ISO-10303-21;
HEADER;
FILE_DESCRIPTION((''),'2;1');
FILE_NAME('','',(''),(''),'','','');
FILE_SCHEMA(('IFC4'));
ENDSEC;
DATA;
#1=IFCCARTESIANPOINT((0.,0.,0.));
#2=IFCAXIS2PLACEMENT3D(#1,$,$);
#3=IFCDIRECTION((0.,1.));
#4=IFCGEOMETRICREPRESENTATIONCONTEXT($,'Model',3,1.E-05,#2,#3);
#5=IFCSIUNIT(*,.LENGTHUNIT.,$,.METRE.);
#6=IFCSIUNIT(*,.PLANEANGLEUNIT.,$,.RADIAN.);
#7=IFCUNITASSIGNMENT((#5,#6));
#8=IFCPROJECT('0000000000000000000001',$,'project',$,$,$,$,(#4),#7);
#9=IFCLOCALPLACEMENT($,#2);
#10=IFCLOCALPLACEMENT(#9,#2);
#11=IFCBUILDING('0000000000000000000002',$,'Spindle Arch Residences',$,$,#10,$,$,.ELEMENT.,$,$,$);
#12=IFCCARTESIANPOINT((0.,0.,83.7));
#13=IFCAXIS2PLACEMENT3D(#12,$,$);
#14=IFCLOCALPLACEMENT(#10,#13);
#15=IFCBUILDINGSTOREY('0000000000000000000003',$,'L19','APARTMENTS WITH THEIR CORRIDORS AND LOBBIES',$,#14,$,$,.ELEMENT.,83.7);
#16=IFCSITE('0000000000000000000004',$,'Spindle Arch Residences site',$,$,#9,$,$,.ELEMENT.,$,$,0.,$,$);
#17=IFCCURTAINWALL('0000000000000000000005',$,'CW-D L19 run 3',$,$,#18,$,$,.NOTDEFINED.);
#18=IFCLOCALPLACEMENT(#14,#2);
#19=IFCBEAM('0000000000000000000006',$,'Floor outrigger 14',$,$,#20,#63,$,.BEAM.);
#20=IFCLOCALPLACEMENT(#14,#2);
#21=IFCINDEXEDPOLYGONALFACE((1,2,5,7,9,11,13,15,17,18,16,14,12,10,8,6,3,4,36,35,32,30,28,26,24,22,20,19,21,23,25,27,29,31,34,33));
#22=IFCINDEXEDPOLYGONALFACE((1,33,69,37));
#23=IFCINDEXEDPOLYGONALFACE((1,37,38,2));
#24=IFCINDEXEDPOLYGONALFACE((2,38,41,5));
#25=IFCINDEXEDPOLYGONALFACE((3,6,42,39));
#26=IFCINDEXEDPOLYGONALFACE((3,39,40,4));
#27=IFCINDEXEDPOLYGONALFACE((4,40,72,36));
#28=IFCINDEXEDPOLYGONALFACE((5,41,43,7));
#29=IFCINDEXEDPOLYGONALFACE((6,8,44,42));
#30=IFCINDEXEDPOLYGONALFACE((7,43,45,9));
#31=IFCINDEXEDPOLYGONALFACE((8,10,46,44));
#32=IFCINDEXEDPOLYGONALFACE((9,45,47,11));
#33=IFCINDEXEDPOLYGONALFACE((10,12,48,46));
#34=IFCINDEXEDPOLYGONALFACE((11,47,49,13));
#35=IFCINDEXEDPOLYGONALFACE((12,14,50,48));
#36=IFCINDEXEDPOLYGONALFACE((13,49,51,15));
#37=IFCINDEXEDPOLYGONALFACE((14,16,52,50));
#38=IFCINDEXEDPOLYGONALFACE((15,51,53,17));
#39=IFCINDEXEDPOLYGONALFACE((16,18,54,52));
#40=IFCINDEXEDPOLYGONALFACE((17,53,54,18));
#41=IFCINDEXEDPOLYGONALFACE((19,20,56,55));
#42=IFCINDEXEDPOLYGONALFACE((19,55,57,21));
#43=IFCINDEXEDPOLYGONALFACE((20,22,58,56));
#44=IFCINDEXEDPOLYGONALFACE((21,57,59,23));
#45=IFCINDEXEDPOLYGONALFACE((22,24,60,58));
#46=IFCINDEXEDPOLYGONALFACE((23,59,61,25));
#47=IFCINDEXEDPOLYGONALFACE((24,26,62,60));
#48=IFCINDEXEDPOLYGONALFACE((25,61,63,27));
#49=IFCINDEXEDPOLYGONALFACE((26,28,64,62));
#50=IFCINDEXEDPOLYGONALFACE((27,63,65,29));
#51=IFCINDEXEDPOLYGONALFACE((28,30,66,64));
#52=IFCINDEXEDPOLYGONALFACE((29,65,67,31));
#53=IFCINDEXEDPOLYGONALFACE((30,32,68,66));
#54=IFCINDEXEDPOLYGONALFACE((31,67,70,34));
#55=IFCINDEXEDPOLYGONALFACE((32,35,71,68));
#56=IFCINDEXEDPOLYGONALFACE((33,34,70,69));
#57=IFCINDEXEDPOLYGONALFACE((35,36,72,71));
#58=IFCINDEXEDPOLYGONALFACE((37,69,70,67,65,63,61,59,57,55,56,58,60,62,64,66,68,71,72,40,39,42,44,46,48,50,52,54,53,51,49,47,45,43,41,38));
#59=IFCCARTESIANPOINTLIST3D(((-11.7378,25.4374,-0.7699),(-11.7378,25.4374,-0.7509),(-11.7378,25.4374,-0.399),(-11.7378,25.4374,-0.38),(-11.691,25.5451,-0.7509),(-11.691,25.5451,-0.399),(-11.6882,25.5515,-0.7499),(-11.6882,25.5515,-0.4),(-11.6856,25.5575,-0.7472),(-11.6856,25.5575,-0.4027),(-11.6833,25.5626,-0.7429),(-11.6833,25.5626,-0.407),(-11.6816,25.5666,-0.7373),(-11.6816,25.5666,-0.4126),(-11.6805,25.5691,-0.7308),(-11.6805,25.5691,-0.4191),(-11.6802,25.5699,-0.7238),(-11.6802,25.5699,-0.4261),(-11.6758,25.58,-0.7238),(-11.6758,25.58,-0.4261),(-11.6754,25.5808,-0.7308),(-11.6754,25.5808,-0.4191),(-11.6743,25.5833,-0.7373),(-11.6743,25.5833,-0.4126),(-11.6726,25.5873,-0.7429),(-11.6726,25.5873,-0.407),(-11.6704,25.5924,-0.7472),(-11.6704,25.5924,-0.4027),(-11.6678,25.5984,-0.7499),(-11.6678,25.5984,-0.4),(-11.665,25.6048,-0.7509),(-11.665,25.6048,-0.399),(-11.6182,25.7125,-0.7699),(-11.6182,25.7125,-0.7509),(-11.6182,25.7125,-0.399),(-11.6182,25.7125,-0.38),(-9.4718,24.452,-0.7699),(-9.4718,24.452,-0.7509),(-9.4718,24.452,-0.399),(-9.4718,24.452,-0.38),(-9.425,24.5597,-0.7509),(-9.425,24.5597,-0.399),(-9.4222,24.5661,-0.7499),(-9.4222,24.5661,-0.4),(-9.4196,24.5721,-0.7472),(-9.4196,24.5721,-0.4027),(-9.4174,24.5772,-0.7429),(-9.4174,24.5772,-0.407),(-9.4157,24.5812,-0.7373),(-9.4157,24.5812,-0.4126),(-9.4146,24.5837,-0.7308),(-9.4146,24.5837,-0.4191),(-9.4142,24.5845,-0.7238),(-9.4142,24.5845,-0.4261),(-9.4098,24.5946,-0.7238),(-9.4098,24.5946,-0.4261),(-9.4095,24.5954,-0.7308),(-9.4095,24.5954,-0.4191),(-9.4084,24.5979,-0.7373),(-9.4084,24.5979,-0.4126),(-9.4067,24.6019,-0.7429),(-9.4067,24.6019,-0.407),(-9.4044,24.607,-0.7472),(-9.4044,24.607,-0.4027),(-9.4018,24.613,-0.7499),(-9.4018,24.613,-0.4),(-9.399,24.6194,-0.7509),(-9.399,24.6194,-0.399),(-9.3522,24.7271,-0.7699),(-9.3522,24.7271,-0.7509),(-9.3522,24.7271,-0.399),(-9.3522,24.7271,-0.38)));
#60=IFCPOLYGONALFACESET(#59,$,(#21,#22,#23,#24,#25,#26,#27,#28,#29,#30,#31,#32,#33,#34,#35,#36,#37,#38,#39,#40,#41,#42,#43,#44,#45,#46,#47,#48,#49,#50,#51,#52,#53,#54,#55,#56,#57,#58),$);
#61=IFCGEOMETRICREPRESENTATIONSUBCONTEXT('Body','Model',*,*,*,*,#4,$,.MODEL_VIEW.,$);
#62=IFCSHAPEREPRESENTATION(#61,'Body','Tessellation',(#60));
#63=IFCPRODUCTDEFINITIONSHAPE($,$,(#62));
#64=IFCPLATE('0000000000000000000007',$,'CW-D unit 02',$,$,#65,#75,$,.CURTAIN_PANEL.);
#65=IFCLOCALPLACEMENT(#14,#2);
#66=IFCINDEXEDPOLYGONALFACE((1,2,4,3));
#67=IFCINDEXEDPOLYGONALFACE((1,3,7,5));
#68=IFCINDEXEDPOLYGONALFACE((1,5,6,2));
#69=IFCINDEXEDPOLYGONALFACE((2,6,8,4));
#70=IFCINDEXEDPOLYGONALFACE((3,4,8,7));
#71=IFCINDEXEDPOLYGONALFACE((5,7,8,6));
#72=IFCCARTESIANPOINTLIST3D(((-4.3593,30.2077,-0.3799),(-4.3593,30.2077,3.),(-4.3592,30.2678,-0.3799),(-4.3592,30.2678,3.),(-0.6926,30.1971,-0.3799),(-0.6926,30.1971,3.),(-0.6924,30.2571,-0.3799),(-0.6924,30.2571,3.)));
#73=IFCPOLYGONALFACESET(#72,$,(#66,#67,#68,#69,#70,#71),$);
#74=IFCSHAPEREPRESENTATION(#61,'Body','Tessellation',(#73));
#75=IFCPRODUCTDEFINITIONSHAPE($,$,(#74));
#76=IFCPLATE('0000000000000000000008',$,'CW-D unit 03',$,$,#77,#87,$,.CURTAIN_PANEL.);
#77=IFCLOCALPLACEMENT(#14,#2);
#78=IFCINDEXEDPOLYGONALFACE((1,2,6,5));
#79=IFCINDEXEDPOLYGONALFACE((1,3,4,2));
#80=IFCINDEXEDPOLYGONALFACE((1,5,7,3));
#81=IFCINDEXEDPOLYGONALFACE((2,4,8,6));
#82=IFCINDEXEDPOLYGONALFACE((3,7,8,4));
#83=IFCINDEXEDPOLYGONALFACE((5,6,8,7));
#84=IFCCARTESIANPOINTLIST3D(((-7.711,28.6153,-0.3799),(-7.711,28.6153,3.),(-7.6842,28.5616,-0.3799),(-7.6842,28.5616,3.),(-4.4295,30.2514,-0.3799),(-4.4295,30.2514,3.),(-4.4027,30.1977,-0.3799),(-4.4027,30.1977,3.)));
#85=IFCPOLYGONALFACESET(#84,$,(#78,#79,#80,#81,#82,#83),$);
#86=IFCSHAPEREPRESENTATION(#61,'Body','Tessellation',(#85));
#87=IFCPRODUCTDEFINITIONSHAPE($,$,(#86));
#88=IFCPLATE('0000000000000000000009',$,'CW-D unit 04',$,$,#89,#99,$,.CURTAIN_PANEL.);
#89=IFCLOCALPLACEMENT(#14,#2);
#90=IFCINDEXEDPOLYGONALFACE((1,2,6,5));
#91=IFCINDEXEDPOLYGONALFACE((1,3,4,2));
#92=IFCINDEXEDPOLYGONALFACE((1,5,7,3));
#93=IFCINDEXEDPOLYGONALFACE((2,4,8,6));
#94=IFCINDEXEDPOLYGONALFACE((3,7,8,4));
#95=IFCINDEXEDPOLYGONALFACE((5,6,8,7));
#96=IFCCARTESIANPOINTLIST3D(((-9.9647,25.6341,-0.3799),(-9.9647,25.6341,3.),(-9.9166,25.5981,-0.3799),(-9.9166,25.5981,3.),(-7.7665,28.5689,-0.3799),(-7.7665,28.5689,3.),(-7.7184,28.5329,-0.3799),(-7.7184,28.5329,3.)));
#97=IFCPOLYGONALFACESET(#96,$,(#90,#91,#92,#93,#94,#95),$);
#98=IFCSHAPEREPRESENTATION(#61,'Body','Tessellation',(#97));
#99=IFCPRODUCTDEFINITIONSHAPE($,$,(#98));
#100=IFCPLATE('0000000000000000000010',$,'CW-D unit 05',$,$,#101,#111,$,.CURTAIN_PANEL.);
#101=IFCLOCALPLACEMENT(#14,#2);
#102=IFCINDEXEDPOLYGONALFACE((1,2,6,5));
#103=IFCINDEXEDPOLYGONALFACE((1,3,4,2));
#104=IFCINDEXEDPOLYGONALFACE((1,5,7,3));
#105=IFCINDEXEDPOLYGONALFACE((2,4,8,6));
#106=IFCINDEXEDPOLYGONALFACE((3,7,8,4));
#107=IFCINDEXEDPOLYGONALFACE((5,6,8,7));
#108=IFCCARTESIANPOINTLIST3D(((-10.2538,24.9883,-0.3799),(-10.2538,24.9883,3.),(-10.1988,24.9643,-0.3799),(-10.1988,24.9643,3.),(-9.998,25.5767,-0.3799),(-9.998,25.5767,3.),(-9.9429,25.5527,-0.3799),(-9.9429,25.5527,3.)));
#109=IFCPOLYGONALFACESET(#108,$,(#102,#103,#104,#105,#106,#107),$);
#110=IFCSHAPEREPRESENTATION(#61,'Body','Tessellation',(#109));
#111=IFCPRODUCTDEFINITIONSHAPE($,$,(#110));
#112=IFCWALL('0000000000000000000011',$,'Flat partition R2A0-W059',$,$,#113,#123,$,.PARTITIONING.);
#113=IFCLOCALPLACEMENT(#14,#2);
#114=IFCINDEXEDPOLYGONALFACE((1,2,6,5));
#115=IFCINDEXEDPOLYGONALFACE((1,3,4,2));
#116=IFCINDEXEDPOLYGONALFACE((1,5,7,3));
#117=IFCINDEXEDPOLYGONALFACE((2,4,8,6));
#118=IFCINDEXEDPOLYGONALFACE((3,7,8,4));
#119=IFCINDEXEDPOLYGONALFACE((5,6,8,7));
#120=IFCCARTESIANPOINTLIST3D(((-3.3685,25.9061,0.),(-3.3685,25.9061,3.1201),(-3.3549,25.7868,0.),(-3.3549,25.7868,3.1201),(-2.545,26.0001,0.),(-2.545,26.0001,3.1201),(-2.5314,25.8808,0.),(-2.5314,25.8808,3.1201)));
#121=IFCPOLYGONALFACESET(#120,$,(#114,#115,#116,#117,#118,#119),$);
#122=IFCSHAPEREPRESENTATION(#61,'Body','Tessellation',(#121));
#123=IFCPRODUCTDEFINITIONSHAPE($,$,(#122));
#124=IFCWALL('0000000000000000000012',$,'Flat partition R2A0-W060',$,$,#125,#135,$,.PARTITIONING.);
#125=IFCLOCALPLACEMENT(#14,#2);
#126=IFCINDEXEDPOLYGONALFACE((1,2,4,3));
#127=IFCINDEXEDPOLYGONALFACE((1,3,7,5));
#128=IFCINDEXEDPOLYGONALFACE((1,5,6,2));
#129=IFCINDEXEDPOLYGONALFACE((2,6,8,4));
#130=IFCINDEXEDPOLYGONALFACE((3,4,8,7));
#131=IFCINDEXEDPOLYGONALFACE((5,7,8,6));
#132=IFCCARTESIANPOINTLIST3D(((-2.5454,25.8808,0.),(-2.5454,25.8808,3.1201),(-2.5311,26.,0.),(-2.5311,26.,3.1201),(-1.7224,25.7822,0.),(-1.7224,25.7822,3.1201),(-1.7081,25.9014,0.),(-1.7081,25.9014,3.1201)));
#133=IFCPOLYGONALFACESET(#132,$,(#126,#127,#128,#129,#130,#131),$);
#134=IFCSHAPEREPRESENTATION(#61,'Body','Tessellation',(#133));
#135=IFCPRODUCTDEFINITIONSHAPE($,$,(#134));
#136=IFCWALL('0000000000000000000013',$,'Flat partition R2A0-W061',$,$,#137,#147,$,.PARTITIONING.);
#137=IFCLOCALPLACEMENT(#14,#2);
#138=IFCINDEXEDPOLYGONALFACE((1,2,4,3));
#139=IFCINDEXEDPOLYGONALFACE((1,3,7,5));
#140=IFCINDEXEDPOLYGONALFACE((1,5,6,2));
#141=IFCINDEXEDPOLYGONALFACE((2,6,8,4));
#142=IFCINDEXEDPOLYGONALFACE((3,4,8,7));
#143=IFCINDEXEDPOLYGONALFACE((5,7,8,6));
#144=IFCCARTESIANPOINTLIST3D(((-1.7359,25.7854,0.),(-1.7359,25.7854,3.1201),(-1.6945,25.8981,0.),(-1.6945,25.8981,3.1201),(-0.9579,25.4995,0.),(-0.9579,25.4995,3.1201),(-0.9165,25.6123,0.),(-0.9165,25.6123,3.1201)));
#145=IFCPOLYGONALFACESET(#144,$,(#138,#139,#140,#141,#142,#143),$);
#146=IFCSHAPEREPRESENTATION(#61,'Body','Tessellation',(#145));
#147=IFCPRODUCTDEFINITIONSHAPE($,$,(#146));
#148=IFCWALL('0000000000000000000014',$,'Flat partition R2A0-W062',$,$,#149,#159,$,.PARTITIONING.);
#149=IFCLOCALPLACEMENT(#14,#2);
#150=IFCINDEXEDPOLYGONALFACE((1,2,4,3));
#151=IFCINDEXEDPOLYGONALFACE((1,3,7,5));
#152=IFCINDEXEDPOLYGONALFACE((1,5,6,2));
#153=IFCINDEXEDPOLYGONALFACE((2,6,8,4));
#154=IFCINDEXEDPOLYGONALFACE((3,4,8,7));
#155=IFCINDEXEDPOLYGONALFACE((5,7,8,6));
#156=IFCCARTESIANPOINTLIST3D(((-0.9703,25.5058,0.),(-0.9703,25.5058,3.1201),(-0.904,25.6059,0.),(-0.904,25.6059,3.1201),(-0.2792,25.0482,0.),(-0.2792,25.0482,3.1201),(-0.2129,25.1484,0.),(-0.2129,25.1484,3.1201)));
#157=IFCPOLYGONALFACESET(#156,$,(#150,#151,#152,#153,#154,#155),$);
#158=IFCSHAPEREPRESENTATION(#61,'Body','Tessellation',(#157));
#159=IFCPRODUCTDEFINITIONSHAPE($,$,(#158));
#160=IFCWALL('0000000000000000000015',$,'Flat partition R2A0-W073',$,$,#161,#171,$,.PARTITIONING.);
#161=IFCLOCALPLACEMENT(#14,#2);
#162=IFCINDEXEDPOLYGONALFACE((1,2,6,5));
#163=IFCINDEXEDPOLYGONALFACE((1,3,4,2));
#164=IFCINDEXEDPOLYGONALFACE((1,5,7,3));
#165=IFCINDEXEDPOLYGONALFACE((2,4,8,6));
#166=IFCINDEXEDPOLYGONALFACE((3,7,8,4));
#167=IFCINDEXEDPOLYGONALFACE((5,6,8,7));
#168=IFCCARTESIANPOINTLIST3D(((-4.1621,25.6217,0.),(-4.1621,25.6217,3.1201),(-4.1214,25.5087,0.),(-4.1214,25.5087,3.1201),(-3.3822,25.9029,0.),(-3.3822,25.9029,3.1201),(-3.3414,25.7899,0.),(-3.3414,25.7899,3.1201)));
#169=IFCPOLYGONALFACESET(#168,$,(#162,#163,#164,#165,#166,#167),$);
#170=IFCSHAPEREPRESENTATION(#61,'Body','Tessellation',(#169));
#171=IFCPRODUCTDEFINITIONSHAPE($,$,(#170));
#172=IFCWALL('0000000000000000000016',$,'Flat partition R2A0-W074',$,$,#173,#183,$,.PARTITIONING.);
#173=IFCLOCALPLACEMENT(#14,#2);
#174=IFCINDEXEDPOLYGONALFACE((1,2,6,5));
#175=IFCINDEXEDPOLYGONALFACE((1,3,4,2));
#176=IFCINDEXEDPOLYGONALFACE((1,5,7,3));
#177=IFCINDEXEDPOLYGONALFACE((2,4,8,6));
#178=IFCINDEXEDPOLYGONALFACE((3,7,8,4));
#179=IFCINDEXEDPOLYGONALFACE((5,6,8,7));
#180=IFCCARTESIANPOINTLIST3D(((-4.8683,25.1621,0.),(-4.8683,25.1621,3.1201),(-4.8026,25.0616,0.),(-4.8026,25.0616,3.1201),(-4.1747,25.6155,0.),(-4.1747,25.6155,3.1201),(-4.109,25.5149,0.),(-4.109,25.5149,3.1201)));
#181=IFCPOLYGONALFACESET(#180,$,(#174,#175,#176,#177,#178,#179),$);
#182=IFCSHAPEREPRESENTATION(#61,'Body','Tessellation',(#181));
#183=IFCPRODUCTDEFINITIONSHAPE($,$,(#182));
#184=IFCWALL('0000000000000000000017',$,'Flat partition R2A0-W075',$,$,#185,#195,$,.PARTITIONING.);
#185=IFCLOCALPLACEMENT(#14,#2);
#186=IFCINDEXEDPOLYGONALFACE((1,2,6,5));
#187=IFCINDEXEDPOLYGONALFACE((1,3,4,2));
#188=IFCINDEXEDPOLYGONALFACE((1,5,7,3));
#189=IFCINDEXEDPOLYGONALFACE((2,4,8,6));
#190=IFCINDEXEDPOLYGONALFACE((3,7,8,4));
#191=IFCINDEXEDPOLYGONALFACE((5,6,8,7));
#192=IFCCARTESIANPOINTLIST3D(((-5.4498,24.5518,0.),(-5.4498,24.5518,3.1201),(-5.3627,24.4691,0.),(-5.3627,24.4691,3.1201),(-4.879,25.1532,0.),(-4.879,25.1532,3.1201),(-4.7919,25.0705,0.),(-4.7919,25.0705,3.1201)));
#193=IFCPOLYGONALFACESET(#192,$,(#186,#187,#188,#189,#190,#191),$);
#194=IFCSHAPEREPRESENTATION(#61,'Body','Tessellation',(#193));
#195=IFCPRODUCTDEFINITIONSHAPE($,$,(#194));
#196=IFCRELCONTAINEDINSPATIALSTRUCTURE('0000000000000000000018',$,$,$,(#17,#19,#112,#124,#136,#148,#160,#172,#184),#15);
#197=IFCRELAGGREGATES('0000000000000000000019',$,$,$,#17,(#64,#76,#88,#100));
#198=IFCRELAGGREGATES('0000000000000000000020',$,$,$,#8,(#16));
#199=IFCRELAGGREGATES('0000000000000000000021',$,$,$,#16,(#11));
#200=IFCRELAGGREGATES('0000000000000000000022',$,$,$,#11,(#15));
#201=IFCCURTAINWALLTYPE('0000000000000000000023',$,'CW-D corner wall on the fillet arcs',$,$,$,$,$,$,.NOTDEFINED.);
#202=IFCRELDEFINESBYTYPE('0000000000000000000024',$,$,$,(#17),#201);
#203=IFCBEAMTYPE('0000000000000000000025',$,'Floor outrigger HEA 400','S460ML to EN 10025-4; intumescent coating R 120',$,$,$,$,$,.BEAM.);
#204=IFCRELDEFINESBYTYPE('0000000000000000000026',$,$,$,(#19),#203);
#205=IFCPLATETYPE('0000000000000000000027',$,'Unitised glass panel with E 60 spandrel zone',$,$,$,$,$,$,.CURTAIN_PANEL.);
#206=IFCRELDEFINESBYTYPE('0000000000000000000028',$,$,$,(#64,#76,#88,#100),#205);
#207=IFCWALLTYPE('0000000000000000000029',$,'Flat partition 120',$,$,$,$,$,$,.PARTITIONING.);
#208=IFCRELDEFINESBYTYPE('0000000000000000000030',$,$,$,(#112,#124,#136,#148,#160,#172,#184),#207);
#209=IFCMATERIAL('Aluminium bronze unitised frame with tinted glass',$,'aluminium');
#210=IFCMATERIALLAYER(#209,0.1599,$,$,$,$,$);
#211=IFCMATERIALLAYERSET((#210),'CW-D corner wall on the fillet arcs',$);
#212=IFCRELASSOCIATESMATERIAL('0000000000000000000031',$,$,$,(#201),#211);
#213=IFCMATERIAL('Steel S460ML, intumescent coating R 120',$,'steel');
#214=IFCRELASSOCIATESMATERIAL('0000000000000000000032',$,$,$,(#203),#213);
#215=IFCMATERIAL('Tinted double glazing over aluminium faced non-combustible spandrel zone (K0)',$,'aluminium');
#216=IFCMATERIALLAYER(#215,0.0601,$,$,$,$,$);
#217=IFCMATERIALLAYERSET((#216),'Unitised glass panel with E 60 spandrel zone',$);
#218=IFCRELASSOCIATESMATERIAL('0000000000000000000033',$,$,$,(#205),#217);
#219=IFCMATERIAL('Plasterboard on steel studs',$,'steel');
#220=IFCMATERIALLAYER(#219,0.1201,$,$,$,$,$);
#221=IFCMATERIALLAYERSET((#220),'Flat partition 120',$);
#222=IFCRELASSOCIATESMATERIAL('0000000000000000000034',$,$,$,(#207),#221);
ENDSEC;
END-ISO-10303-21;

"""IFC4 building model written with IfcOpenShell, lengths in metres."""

from ifc_helpers import new_model, si_unit, direction, frame, frame_2d, origin, origin_2d, place, context, subcontext, project, spatial, rectangle, i_section, extrude, material, layer, layer_set, material_profile, profile_set, type_object, element, aggregate, save


model = new_model("IFC4")

# Units and contexts
model_context = context("Model", 3, precision=1e-05, world=origin(), true_north=direction((0.0, 1.0)))
body_context = subcontext(model_context, "Body", "Model", "MODEL_VIEW")
ifc_project = project(units=[si_unit("LENGTHUNIT", "METRE"), si_unit("PLANEANGLEUNIT", "RADIAN")], contexts=[model_context])

# Site, building, storey
site_placement = place(None, origin())
site = spatial("IfcSite", under=ifc_project, at=site_placement, Name="Spindle Arch Residences site", CompositionType="ELEMENT", RefElevation=0.0)
building_placement = place(site_placement, origin())
building = spatial("IfcBuilding", under=site, at=building_placement, Name="Spindle Arch Residences", CompositionType="ELEMENT")
storey_placement = place(building_placement, frame((0.0, 0.0, 83.7)))
storey = spatial("IfcBuildingStorey", under=building, at=storey_placement, Name="L19", Description="APARTMENTS WITH THEIR CORRIDORS AND LOBBIES", CompositionType="ELEMENT", Elevation=83.7)

# Curtain wall
ifc_material_1 = material(Name="Aluminium bronze unitised frame with tinted glass", Category="aluminium")
ifc_layer_1 = layer(ifc_material_1, 0.1599)
ifc_layer_set_1 = layer_set([ifc_layer_1], Name="CW-D corner wall on the fillet arcs")
curtain_wall_type = type_object("IfcCurtainWallType", Name="CW-D corner wall on the fillet arcs", PredefinedType="NOTDEFINED", material=ifc_layer_set_1)
curtain_wall_placement = place(storey_placement, origin())
curtain_wall = element("IfcCurtainWall", 1, at=curtain_wall_placement, inside=storey, type_object=curtain_wall_type, Name="CW-D L19 run 3", PredefinedType="NOTDEFINED")

# Beam
ifc_material_2 = material(Name="Steel S460ML, intumescent coating R 120", Category="steel")
ifc_material_profile_1 = material_profile(ifc_material_2, i_section(OverallWidth=0.3, OverallDepth=0.3899, WebThickness=0.011, FlangeThickness=0.019, FilletRadius=0.0271, at=origin_2d()), Name="HEA 400")
ifc_profile_set_1 = profile_set([ifc_material_profile_1], Name="Steel S460ML, intumescent coating R 120")
beam_type_1 = type_object("IfcBeamType", Name="Floor outrigger HEA 400", Description="S460ML to EN 10025-4; intumescent coating R 120", PredefinedType="BEAM", material=ifc_profile_set_1)
beam_1_placement = place(storey_placement, frame((-11.678, 25.575, -0.575), z_axis=(0.917042, -0.398791, 0.0), x_axis=(0.398791, 0.917042, 0.0)))
element("IfcBeam", 2, at=beam_1_placement, inside=storey, type_object=beam_type_1, Name="Floor outrigger 14", PredefinedType="BEAM", context=body_context, shape_type="SweptSolid", body=[
    extrude(i_section(OverallWidth=0.3, OverallDepth=0.3899, WebThickness=0.011, FlangeThickness=0.019, FilletRadius=0.0271, at=origin_2d()), origin(), (0.0, 0.0, 1.0), 2.4709),
])

# Plates
ifc_material_3 = material(Name="Tinted double glazing over aluminium faced non-combustible spandrel zone (K0)", Category="aluminium")
ifc_layer_2 = layer(ifc_material_3, 0.0601)
ifc_layer_set_2 = layer_set([ifc_layer_2], Name="Unitised glass panel with E 60 spandrel zone")
plate_type = type_object("IfcPlateType", Name="Unitised glass panel with E 60 spandrel zone", PredefinedType="CURTAIN_PANEL", material=ifc_layer_set_2)
plate_1_placement = place(storey_placement, frame((-2.5259, 30.2324, -0.3799), z_axis=(0.0, 0.0, 1.0), x_axis=(-0.999996, 0.002909, 0.0)))
plate_1 = element("IfcPlate", 3, at=plate_1_placement, type_object=plate_type, Name="CW-D unit 02", PredefinedType="CURTAIN_PANEL", context=body_context, shape_type="SweptSolid", body=[
    extrude(rectangle(XDim=3.6667, YDim=0.0601, at=origin_2d()), origin(), (0.0, 0.0, 1.0), 3.3799),
])
plate_2_placement = place(storey_placement, frame((-6.0569, 29.4065, -0.3799), z_axis=(0.0, 0.0, 1.0), x_axis=(-0.894934, -0.446198, 0.0)))
plate_2 = element("IfcPlate", 4, at=plate_2_placement, type_object=plate_type, Name="CW-D unit 03", PredefinedType="CURTAIN_PANEL", context=body_context, shape_type="SweptSolid", body=[
    extrude(rectangle(XDim=3.6667, YDim=0.0601, at=origin_2d()), origin(), (0.0, 0.0, 1.0), 3.3799),
])
plate_3_placement = place(storey_placement, frame((-8.8416, 27.0835, -0.3799), z_axis=(0.0, 0.0, 1.0), x_axis=(-0.599489, -0.800383, 0.0)))
plate_3 = element("IfcPlate", 5, at=plate_3_placement, type_object=plate_type, Name="CW-D unit 04", PredefinedType="CURTAIN_PANEL", context=body_context, shape_type="SweptSolid", body=[
    extrude(rectangle(XDim=3.6667, YDim=0.0601, at=origin_2d()), origin(), (0.0, 0.0, 1.0), 3.3799),
])
plate_4_placement = place(storey_placement, frame((-10.0984, 25.2705, -0.3799), z_axis=(0.0, 0.0, 1.0), x_axis=(-0.398749, -0.91706, 0.0)))
plate_4 = element("IfcPlate", 6, at=plate_4_placement, type_object=plate_type, Name="CW-D unit 05", PredefinedType="CURTAIN_PANEL", context=body_context, shape_type="SweptSolid", body=[
    extrude(rectangle(XDim=0.6416, YDim=0.0601, at=origin_2d()), origin(), (0.0, 0.0, 1.0), 3.3799),
])
aggregate(curtain_wall, [plate_1, plate_2, plate_3, plate_4])

# Walls
ifc_material_4 = material(Name="Plasterboard on steel studs", Category="steel")
ifc_layer_3 = layer(ifc_material_4, 0.1201)
ifc_layer_set_3 = layer_set([ifc_layer_3], Name="Flat partition 120")
wall_type_1 = type_object("IfcWallType", Name="Flat partition 120", PredefinedType="PARTITIONING", material=ifc_layer_set_3)
for number, where, z_axis, x_axis, name in (
    (7, (-3.3618, 25.8464, 0.0), (0.0, 0.0, 1.0), (0.993549, 0.113405, 0.0), "Flat partition R2A0-W059"),
    (8, (-2.5383, 25.9404, 0.0), (0.0, 0.0, 1.0), (0.992895, -0.118994, 0.0), "Flat partition R2A0-W060"),
    (9, (-1.7153, 25.8418, 0.0), (0.0, 0.0, 1.0), (0.938644, -0.344886, 0.0), "Flat partition R2A0-W061"),
    (10, (-0.9373, 25.5559, 0.0), (0.0, 0.0, 1.0), (0.833858, -0.551978, 0.0), "Flat partition R2A0-W062"),
):
    element("IfcWall", number, at=place(storey_placement, frame(where, z_axis=z_axis, x_axis=x_axis)), inside=storey, type_object=wall_type_1, Name=name, PredefinedType="PARTITIONING", context=body_context, shape_type="SweptSolid", body=[
        extrude(rectangle(XDim=0.8289, YDim=0.1201, at=frame_2d((0.4146, 0.0))), origin(), (0.0, 0.0, 1.0), 3.1201),
    ])
wall_1_placement = place(storey_placement, frame((-3.3618, 25.8464, 0.0), z_axis=(0.0, 0.0, 1.0), x_axis=(-0.940718, -0.339189, 0.0)))
element("IfcWall", 11, at=wall_1_placement, inside=storey, type_object=wall_type_1, Name="Flat partition R2A0-W073", PredefinedType="PARTITIONING", context=body_context, shape_type="SweptSolid", body=[
    extrude(rectangle(XDim=0.8291, YDim=0.1201, at=frame_2d((0.4146, 0.0))), origin(), (0.0, 0.0, 1.0), 3.1201),
])
wall_2_placement = place(storey_placement, frame((-4.1418, 25.5652, 0.0), z_axis=(0.0, 0.0, 1.0), x_axis=(-0.837047, -0.54713, 0.0)))
element("IfcWall", 12, at=wall_2_placement, inside=storey, type_object=wall_type_1, Name="Flat partition R2A0-W074", PredefinedType="PARTITIONING", context=body_context, shape_type="SweptSolid", body=[
    extrude(rectangle(XDim=0.8286, YDim=0.1201, at=frame_2d((0.4143, 0.0))), origin(), (0.0, 0.0, 1.0), 3.1201),
])
wall_3_placement = place(storey_placement, frame((-4.8354, 25.1118, 0.0), z_axis=(0.0, 0.0, 1.0), x_axis=(-0.688463, -0.725271, 0.0)))
element("IfcWall", 13, at=wall_3_placement, inside=storey, type_object=wall_type_1, Name="Flat partition R2A0-W075", PredefinedType="PARTITIONING", context=body_context, shape_type="SweptSolid", body=[
    extrude(rectangle(XDim=0.8291, YDim=0.1201, at=frame_2d((0.4146, 0.0))), origin(), (0.0, 0.0, 1.0), 3.1201),
])

save(model, "model.ifc")
